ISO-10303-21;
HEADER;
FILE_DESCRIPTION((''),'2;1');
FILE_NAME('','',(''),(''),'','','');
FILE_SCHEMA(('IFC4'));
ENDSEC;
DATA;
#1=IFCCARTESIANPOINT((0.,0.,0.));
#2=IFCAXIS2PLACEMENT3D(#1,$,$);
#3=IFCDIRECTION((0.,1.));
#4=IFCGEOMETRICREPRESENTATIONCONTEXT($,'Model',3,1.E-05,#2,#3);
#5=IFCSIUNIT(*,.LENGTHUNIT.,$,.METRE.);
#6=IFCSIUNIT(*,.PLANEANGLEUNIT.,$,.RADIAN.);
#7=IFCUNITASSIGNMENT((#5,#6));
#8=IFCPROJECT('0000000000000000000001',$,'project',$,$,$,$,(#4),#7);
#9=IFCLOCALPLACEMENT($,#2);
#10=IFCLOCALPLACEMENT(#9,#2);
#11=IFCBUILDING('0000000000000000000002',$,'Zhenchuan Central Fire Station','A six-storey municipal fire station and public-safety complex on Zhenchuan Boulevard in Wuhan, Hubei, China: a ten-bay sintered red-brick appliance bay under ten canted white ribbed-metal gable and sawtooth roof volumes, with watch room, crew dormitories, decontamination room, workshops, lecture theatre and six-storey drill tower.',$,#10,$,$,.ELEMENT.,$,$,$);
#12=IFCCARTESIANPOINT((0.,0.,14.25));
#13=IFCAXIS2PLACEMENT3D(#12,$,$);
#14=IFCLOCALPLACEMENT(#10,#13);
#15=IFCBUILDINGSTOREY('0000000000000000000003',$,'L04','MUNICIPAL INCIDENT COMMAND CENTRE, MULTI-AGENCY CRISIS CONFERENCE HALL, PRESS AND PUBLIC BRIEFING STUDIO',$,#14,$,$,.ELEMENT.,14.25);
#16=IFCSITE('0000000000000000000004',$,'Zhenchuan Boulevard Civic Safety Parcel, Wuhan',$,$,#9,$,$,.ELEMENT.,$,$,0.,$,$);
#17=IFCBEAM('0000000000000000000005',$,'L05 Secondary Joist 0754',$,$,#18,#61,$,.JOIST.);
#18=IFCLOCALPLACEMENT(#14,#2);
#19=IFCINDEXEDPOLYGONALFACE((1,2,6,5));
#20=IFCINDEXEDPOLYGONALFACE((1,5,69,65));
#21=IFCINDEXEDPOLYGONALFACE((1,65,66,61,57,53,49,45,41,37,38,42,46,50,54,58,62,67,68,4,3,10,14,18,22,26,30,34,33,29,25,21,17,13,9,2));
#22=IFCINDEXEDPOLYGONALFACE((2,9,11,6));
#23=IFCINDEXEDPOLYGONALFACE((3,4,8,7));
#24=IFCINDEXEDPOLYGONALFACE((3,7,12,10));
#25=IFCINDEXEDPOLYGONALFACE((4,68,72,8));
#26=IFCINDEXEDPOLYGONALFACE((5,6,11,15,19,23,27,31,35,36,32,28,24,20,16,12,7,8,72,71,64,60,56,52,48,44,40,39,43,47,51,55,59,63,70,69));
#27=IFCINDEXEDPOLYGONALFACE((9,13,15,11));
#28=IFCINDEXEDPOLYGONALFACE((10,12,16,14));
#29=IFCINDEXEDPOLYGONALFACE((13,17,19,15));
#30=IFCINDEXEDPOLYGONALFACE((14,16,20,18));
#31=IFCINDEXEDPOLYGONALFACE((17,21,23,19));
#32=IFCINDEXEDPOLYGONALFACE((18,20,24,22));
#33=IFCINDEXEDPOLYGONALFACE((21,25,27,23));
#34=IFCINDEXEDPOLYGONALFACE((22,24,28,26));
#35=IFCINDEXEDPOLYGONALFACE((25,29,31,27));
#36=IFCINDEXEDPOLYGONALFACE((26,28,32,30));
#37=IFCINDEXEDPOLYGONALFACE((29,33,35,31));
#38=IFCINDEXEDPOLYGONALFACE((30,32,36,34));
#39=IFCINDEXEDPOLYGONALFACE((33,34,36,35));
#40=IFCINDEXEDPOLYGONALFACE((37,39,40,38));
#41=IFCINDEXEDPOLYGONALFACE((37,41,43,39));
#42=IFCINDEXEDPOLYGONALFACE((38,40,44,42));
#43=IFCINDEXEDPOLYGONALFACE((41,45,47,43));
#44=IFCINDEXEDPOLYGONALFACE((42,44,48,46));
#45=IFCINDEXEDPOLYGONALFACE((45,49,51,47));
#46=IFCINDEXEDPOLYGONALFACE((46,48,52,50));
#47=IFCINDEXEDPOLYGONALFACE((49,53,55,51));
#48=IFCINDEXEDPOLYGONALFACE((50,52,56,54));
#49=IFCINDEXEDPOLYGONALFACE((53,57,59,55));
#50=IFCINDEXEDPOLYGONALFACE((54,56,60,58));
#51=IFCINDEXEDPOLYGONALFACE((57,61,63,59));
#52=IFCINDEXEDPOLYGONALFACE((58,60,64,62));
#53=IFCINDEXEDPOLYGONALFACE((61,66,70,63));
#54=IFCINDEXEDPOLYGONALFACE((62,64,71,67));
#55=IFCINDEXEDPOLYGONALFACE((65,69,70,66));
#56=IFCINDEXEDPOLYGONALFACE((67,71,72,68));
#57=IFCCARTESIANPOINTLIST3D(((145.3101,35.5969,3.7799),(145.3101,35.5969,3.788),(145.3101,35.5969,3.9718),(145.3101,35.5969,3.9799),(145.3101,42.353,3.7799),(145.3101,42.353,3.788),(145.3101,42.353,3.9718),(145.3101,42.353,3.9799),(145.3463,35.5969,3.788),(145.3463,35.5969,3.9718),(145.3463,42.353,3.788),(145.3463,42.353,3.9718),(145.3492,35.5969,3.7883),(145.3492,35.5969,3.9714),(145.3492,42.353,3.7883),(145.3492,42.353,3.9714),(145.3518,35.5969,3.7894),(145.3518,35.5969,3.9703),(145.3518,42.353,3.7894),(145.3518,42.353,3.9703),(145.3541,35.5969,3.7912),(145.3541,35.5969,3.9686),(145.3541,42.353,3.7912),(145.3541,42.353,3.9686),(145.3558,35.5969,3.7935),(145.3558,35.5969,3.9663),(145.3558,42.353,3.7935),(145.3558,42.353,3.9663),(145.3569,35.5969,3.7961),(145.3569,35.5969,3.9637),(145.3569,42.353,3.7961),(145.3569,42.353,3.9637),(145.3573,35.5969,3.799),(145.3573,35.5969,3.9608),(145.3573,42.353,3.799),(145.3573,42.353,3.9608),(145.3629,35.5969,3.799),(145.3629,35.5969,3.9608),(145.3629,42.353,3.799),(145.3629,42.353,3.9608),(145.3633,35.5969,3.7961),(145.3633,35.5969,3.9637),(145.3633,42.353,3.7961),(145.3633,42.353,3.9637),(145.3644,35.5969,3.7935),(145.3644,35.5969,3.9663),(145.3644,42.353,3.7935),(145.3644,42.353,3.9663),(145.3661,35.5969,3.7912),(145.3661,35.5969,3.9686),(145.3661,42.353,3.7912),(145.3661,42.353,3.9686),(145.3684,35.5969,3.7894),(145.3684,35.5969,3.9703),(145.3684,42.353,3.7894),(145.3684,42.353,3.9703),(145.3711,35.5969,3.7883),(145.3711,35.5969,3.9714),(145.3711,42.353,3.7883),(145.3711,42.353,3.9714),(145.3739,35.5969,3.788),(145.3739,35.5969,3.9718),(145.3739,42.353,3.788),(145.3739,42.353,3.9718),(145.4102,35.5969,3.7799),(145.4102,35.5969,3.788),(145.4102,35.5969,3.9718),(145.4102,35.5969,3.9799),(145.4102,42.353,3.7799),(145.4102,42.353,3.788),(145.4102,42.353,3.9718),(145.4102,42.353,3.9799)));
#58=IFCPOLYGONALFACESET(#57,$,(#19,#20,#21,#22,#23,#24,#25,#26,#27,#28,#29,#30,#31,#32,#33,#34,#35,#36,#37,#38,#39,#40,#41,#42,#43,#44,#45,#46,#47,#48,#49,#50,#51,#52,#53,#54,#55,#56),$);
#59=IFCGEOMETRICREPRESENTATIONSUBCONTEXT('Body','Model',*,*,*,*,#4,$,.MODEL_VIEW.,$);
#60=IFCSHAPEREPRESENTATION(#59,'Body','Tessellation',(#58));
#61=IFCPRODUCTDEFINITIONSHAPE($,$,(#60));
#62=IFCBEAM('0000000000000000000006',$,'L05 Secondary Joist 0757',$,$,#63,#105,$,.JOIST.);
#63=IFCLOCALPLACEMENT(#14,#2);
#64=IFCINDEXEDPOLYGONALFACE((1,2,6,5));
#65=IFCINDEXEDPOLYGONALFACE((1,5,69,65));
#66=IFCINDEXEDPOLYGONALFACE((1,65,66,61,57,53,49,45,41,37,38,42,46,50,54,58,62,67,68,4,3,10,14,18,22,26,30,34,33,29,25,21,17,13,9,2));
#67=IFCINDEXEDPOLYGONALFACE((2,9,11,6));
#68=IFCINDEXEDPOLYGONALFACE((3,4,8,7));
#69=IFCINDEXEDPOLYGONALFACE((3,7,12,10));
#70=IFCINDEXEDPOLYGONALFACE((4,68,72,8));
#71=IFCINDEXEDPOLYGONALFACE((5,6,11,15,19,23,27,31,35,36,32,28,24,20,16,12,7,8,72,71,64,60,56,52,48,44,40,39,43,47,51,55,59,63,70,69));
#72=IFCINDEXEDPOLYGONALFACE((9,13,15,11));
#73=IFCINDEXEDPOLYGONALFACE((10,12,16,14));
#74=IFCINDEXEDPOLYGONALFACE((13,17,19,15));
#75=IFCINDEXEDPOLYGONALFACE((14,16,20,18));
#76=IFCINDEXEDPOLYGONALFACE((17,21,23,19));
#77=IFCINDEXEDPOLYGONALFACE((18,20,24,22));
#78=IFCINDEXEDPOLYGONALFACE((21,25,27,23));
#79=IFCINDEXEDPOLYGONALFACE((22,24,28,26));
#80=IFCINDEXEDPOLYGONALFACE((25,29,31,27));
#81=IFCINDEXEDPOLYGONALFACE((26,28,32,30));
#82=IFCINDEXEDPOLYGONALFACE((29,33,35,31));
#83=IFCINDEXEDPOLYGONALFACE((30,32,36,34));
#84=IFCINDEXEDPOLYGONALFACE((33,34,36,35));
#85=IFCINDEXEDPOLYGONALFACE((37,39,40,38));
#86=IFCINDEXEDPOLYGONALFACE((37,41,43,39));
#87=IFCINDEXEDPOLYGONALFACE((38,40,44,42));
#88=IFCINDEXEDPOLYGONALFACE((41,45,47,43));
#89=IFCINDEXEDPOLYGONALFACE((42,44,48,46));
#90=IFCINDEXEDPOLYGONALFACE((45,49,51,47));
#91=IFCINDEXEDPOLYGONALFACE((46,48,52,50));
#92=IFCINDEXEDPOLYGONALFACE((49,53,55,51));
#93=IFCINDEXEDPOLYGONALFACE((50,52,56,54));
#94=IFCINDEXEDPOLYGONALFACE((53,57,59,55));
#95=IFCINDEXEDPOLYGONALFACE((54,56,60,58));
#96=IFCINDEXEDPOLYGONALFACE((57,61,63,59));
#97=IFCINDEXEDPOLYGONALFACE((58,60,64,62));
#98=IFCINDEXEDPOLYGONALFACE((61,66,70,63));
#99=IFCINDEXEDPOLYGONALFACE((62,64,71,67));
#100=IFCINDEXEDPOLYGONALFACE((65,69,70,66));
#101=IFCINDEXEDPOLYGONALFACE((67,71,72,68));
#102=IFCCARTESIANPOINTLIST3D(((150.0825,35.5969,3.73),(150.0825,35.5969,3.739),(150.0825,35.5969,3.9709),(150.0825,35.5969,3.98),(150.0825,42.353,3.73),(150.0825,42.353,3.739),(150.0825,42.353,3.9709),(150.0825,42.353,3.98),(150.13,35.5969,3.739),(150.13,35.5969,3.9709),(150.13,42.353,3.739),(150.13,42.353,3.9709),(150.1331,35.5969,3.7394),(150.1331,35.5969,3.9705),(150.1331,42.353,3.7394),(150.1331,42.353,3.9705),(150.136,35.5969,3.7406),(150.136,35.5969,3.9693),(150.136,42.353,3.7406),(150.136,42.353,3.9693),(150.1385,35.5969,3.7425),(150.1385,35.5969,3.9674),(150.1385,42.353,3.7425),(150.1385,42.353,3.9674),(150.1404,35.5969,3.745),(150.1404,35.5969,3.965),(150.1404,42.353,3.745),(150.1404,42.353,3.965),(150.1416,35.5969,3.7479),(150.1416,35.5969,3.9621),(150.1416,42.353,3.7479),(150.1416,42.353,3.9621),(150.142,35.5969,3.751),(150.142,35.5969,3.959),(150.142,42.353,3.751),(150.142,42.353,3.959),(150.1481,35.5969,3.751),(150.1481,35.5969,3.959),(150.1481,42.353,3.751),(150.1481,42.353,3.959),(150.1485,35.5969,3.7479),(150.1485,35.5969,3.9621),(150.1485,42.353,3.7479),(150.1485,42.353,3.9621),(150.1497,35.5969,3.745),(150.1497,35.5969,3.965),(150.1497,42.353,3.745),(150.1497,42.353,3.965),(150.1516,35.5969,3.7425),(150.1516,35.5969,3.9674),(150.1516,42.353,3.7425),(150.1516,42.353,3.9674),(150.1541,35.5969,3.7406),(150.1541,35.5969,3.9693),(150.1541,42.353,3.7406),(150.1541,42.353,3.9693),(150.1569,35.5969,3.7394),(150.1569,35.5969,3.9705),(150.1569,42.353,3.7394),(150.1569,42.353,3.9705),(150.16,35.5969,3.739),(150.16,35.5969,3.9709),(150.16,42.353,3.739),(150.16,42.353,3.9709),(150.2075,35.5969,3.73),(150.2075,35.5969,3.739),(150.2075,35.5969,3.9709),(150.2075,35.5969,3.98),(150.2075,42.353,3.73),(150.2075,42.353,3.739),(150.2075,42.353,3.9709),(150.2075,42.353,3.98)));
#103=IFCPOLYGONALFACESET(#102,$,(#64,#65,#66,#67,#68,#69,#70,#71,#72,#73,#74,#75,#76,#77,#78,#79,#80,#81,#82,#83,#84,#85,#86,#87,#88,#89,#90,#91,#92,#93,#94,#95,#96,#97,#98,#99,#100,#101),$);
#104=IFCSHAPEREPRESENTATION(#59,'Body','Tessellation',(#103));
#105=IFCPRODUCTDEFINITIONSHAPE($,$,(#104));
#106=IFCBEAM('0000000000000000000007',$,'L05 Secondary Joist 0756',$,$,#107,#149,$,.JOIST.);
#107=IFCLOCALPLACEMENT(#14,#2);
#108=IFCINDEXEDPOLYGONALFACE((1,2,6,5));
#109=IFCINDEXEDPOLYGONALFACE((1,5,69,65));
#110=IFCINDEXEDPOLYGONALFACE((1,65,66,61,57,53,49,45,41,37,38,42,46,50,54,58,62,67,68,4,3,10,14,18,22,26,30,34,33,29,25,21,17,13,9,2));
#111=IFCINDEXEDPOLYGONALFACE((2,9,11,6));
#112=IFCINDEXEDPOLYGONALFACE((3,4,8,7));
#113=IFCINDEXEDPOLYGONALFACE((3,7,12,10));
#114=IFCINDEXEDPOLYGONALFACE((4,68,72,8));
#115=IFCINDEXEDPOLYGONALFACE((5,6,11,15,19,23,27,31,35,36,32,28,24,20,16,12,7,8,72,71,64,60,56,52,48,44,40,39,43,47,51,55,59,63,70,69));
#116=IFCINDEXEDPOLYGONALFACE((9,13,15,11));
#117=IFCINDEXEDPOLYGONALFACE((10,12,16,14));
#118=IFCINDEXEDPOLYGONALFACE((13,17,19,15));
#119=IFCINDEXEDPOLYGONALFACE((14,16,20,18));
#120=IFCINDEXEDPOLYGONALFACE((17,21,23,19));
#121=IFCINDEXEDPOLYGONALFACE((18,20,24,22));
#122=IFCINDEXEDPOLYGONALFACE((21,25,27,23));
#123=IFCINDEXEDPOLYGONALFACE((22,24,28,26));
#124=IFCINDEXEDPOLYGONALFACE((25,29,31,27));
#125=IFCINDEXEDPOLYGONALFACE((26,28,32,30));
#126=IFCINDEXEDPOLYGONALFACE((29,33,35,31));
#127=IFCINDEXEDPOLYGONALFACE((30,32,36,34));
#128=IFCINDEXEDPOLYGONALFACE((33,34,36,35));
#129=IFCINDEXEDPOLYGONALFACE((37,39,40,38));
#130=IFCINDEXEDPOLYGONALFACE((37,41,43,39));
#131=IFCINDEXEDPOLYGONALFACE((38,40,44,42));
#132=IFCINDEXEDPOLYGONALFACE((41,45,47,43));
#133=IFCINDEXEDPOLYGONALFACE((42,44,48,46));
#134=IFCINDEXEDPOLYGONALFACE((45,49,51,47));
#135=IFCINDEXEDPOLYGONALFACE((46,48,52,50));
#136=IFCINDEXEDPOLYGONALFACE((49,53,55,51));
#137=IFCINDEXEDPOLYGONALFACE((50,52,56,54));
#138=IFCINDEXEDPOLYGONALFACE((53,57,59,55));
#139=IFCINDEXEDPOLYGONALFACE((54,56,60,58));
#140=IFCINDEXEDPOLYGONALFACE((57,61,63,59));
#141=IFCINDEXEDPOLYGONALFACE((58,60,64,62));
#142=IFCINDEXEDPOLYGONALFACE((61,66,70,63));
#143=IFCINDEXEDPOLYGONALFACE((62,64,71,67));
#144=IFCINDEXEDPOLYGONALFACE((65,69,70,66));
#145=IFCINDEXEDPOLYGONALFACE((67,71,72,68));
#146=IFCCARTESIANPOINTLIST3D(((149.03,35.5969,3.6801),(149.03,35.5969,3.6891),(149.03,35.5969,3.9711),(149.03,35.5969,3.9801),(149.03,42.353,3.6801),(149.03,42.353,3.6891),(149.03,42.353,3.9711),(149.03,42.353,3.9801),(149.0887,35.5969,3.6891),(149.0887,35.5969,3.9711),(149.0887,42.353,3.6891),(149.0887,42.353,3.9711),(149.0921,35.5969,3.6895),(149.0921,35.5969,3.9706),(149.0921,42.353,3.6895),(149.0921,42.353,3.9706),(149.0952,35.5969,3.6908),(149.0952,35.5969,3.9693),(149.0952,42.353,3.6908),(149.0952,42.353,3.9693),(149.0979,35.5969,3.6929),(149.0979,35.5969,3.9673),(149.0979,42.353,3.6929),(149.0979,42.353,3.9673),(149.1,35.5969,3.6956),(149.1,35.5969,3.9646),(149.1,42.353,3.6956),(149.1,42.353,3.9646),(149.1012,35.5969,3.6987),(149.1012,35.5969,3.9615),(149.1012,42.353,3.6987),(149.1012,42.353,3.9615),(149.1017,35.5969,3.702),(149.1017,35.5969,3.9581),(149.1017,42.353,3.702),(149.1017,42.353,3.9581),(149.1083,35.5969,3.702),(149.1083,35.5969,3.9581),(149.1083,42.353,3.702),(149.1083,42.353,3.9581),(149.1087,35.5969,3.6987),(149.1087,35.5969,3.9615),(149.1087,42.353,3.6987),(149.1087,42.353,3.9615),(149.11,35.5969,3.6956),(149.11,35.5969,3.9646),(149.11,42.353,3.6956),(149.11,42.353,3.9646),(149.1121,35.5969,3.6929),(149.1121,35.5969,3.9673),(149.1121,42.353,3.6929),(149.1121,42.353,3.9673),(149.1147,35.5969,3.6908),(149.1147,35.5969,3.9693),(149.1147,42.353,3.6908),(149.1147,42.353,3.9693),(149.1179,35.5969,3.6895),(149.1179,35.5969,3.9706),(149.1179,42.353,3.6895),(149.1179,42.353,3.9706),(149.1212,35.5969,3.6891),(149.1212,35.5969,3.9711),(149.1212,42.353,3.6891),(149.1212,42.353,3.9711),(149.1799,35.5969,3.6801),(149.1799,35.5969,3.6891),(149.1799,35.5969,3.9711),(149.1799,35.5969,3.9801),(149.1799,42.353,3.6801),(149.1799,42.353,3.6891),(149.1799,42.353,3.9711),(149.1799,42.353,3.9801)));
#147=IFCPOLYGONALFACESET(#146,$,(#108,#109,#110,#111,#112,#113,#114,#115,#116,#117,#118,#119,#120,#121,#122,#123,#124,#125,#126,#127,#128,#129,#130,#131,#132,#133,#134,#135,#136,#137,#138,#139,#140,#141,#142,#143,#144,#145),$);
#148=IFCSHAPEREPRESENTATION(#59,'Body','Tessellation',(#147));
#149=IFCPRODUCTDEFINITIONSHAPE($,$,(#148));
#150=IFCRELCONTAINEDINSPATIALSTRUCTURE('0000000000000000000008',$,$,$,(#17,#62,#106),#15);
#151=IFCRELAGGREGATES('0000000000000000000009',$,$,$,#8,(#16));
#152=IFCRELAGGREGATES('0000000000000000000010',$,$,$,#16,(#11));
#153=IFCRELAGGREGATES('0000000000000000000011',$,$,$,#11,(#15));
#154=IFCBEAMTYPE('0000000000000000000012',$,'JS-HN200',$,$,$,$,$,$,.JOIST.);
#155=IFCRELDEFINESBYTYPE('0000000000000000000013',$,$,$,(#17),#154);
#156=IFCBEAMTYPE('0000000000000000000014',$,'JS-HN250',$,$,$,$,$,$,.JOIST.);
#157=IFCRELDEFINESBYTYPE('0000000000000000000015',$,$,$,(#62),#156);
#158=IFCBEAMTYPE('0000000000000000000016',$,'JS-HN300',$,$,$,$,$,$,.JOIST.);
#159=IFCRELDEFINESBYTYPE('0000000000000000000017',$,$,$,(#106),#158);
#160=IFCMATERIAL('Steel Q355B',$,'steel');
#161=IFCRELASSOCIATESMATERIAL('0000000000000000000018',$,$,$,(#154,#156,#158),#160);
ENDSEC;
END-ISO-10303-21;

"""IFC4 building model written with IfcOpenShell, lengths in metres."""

from ifc_helpers import new_model, si_unit, direction, frame, origin, origin_2d, place, context, subcontext, project, spatial, i_section, extrude, material, material_profile, profile_set, type_object, element, save


model = new_model("IFC4")

# Units and contexts
model_context = context("Model", 3, precision=1e-05, world=origin(), true_north=direction((0.0, 1.0)))
body_context = subcontext(model_context, "Body", "Model", "MODEL_VIEW")
ifc_project = project(units=[si_unit("LENGTHUNIT", "METRE"), si_unit("PLANEANGLEUNIT", "RADIAN")], contexts=[model_context])

# Site, building, storey
site_placement = place(None, origin())
site = spatial("IfcSite", under=ifc_project, at=site_placement, Name="Zhenchuan Boulevard Civic Safety Parcel, Wuhan", CompositionType="ELEMENT", RefElevation=0.0)
building_placement = place(site_placement, origin())
building = spatial("IfcBuilding", under=site, at=building_placement, Name="Zhenchuan Central Fire Station", Description="A six-storey municipal fire station and public-safety complex on Zhenchuan Boulevard in Wuhan, Hubei, China: a ten-bay sintered red-brick appliance bay under ten canted white ribbed-metal gable and sawtooth roof volumes, with watch room, crew dormitories, decontamination room, workshops, lecture theatre and six-storey drill tower.", CompositionType="ELEMENT")
storey_placement = place(building_placement, frame((0.0, 0.0, 14.25)))
storey = spatial("IfcBuildingStorey", under=building, at=storey_placement, Name="L04", Description="MUNICIPAL INCIDENT COMMAND CENTRE, MULTI-AGENCY CRISIS CONFERENCE HALL, PRESS AND PUBLIC BRIEFING STUDIO", CompositionType="ELEMENT", Elevation=14.25)

# Shared definitions
ifc_material_1 = material(Name="Steel Q355B", Category="steel")

# Beams
ifc_material_profile_1 = material_profile(ifc_material_1, i_section(OverallWidth=0.1001, OverallDepth=0.2, WebThickness=0.0056, FlangeThickness=0.0081, FilletRadius=0.011, at=origin_2d()), Name="HN 200x100")
ifc_profile_set_1 = profile_set([ifc_material_profile_1], Name="Steel Q355B")
beam_type_1 = type_object("IfcBeamType", Name="JS-HN200", PredefinedType="JOIST", material=ifc_profile_set_1)
beam_1_placement = place(storey_placement, frame((145.3601, 35.5969, 3.8799), z_axis=(0.0, 1.0, 0.0), x_axis=(-1.0, 0.0, 0.0)))
element("IfcBeam", 1, at=beam_1_placement, inside=storey, type_object=beam_type_1, Name="L05 Secondary Joist 0754", PredefinedType="JOIST", context=body_context, shape_type="SweptSolid", body=[
    extrude(i_section(OverallWidth=0.1001, OverallDepth=0.2, WebThickness=0.0056, FlangeThickness=0.0081, FilletRadius=0.011, at=origin_2d()), origin(), (0.0, 0.0, 1.0), 6.7561),
])
ifc_material_profile_2 = material_profile(ifc_material_1, i_section(OverallWidth=0.125, OverallDepth=0.25, WebThickness=0.0061, FlangeThickness=0.009, FilletRadius=0.012, at=origin_2d()), Name="HN 250x125")
ifc_profile_set_2 = profile_set([ifc_material_profile_2], Name="Steel Q355B")
beam_type_2 = type_object("IfcBeamType", Name="JS-HN250", PredefinedType="JOIST", material=ifc_profile_set_2)
beam_2_placement = place(storey_placement, frame((150.145, 35.5969, 3.855), z_axis=(0.0, 1.0, 0.0), x_axis=(-1.0, 0.0, 0.0)))
element("IfcBeam", 2, at=beam_2_placement, inside=storey, type_object=beam_type_2, Name="L05 Secondary Joist 0757", PredefinedType="JOIST", context=body_context, shape_type="SweptSolid", body=[
    extrude(i_section(OverallWidth=0.125, OverallDepth=0.25, WebThickness=0.0061, FlangeThickness=0.009, FilletRadius=0.012, at=origin_2d()), origin(), (0.0, 0.0, 1.0), 6.7561),
])
ifc_material_profile_3 = material_profile(ifc_material_1, i_section(OverallWidth=0.1499, OverallDepth=0.3, WebThickness=0.0066, FlangeThickness=0.009, FilletRadius=0.0129, at=origin_2d()), Name="HN 300x150")
ifc_profile_set_3 = profile_set([ifc_material_profile_3], Name="Steel Q355B")
beam_type_3 = type_object("IfcBeamType", Name="JS-HN300", PredefinedType="JOIST", material=ifc_profile_set_3)
beam_3_placement = place(storey_placement, frame((149.105, 35.5969, 3.8301), z_axis=(0.0, 1.0, 0.0), x_axis=(-1.0, 0.0, 0.0)))
element("IfcBeam", 3, at=beam_3_placement, inside=storey, type_object=beam_type_3, Name="L05 Secondary Joist 0756", PredefinedType="JOIST", context=body_context, shape_type="SweptSolid", body=[
    extrude(i_section(OverallWidth=0.1499, OverallDepth=0.3, WebThickness=0.0066, FlangeThickness=0.009, FilletRadius=0.0129, at=origin_2d()), origin(), (0.0, 0.0, 1.0), 6.7561),
])

save(model, "model.ifc")
